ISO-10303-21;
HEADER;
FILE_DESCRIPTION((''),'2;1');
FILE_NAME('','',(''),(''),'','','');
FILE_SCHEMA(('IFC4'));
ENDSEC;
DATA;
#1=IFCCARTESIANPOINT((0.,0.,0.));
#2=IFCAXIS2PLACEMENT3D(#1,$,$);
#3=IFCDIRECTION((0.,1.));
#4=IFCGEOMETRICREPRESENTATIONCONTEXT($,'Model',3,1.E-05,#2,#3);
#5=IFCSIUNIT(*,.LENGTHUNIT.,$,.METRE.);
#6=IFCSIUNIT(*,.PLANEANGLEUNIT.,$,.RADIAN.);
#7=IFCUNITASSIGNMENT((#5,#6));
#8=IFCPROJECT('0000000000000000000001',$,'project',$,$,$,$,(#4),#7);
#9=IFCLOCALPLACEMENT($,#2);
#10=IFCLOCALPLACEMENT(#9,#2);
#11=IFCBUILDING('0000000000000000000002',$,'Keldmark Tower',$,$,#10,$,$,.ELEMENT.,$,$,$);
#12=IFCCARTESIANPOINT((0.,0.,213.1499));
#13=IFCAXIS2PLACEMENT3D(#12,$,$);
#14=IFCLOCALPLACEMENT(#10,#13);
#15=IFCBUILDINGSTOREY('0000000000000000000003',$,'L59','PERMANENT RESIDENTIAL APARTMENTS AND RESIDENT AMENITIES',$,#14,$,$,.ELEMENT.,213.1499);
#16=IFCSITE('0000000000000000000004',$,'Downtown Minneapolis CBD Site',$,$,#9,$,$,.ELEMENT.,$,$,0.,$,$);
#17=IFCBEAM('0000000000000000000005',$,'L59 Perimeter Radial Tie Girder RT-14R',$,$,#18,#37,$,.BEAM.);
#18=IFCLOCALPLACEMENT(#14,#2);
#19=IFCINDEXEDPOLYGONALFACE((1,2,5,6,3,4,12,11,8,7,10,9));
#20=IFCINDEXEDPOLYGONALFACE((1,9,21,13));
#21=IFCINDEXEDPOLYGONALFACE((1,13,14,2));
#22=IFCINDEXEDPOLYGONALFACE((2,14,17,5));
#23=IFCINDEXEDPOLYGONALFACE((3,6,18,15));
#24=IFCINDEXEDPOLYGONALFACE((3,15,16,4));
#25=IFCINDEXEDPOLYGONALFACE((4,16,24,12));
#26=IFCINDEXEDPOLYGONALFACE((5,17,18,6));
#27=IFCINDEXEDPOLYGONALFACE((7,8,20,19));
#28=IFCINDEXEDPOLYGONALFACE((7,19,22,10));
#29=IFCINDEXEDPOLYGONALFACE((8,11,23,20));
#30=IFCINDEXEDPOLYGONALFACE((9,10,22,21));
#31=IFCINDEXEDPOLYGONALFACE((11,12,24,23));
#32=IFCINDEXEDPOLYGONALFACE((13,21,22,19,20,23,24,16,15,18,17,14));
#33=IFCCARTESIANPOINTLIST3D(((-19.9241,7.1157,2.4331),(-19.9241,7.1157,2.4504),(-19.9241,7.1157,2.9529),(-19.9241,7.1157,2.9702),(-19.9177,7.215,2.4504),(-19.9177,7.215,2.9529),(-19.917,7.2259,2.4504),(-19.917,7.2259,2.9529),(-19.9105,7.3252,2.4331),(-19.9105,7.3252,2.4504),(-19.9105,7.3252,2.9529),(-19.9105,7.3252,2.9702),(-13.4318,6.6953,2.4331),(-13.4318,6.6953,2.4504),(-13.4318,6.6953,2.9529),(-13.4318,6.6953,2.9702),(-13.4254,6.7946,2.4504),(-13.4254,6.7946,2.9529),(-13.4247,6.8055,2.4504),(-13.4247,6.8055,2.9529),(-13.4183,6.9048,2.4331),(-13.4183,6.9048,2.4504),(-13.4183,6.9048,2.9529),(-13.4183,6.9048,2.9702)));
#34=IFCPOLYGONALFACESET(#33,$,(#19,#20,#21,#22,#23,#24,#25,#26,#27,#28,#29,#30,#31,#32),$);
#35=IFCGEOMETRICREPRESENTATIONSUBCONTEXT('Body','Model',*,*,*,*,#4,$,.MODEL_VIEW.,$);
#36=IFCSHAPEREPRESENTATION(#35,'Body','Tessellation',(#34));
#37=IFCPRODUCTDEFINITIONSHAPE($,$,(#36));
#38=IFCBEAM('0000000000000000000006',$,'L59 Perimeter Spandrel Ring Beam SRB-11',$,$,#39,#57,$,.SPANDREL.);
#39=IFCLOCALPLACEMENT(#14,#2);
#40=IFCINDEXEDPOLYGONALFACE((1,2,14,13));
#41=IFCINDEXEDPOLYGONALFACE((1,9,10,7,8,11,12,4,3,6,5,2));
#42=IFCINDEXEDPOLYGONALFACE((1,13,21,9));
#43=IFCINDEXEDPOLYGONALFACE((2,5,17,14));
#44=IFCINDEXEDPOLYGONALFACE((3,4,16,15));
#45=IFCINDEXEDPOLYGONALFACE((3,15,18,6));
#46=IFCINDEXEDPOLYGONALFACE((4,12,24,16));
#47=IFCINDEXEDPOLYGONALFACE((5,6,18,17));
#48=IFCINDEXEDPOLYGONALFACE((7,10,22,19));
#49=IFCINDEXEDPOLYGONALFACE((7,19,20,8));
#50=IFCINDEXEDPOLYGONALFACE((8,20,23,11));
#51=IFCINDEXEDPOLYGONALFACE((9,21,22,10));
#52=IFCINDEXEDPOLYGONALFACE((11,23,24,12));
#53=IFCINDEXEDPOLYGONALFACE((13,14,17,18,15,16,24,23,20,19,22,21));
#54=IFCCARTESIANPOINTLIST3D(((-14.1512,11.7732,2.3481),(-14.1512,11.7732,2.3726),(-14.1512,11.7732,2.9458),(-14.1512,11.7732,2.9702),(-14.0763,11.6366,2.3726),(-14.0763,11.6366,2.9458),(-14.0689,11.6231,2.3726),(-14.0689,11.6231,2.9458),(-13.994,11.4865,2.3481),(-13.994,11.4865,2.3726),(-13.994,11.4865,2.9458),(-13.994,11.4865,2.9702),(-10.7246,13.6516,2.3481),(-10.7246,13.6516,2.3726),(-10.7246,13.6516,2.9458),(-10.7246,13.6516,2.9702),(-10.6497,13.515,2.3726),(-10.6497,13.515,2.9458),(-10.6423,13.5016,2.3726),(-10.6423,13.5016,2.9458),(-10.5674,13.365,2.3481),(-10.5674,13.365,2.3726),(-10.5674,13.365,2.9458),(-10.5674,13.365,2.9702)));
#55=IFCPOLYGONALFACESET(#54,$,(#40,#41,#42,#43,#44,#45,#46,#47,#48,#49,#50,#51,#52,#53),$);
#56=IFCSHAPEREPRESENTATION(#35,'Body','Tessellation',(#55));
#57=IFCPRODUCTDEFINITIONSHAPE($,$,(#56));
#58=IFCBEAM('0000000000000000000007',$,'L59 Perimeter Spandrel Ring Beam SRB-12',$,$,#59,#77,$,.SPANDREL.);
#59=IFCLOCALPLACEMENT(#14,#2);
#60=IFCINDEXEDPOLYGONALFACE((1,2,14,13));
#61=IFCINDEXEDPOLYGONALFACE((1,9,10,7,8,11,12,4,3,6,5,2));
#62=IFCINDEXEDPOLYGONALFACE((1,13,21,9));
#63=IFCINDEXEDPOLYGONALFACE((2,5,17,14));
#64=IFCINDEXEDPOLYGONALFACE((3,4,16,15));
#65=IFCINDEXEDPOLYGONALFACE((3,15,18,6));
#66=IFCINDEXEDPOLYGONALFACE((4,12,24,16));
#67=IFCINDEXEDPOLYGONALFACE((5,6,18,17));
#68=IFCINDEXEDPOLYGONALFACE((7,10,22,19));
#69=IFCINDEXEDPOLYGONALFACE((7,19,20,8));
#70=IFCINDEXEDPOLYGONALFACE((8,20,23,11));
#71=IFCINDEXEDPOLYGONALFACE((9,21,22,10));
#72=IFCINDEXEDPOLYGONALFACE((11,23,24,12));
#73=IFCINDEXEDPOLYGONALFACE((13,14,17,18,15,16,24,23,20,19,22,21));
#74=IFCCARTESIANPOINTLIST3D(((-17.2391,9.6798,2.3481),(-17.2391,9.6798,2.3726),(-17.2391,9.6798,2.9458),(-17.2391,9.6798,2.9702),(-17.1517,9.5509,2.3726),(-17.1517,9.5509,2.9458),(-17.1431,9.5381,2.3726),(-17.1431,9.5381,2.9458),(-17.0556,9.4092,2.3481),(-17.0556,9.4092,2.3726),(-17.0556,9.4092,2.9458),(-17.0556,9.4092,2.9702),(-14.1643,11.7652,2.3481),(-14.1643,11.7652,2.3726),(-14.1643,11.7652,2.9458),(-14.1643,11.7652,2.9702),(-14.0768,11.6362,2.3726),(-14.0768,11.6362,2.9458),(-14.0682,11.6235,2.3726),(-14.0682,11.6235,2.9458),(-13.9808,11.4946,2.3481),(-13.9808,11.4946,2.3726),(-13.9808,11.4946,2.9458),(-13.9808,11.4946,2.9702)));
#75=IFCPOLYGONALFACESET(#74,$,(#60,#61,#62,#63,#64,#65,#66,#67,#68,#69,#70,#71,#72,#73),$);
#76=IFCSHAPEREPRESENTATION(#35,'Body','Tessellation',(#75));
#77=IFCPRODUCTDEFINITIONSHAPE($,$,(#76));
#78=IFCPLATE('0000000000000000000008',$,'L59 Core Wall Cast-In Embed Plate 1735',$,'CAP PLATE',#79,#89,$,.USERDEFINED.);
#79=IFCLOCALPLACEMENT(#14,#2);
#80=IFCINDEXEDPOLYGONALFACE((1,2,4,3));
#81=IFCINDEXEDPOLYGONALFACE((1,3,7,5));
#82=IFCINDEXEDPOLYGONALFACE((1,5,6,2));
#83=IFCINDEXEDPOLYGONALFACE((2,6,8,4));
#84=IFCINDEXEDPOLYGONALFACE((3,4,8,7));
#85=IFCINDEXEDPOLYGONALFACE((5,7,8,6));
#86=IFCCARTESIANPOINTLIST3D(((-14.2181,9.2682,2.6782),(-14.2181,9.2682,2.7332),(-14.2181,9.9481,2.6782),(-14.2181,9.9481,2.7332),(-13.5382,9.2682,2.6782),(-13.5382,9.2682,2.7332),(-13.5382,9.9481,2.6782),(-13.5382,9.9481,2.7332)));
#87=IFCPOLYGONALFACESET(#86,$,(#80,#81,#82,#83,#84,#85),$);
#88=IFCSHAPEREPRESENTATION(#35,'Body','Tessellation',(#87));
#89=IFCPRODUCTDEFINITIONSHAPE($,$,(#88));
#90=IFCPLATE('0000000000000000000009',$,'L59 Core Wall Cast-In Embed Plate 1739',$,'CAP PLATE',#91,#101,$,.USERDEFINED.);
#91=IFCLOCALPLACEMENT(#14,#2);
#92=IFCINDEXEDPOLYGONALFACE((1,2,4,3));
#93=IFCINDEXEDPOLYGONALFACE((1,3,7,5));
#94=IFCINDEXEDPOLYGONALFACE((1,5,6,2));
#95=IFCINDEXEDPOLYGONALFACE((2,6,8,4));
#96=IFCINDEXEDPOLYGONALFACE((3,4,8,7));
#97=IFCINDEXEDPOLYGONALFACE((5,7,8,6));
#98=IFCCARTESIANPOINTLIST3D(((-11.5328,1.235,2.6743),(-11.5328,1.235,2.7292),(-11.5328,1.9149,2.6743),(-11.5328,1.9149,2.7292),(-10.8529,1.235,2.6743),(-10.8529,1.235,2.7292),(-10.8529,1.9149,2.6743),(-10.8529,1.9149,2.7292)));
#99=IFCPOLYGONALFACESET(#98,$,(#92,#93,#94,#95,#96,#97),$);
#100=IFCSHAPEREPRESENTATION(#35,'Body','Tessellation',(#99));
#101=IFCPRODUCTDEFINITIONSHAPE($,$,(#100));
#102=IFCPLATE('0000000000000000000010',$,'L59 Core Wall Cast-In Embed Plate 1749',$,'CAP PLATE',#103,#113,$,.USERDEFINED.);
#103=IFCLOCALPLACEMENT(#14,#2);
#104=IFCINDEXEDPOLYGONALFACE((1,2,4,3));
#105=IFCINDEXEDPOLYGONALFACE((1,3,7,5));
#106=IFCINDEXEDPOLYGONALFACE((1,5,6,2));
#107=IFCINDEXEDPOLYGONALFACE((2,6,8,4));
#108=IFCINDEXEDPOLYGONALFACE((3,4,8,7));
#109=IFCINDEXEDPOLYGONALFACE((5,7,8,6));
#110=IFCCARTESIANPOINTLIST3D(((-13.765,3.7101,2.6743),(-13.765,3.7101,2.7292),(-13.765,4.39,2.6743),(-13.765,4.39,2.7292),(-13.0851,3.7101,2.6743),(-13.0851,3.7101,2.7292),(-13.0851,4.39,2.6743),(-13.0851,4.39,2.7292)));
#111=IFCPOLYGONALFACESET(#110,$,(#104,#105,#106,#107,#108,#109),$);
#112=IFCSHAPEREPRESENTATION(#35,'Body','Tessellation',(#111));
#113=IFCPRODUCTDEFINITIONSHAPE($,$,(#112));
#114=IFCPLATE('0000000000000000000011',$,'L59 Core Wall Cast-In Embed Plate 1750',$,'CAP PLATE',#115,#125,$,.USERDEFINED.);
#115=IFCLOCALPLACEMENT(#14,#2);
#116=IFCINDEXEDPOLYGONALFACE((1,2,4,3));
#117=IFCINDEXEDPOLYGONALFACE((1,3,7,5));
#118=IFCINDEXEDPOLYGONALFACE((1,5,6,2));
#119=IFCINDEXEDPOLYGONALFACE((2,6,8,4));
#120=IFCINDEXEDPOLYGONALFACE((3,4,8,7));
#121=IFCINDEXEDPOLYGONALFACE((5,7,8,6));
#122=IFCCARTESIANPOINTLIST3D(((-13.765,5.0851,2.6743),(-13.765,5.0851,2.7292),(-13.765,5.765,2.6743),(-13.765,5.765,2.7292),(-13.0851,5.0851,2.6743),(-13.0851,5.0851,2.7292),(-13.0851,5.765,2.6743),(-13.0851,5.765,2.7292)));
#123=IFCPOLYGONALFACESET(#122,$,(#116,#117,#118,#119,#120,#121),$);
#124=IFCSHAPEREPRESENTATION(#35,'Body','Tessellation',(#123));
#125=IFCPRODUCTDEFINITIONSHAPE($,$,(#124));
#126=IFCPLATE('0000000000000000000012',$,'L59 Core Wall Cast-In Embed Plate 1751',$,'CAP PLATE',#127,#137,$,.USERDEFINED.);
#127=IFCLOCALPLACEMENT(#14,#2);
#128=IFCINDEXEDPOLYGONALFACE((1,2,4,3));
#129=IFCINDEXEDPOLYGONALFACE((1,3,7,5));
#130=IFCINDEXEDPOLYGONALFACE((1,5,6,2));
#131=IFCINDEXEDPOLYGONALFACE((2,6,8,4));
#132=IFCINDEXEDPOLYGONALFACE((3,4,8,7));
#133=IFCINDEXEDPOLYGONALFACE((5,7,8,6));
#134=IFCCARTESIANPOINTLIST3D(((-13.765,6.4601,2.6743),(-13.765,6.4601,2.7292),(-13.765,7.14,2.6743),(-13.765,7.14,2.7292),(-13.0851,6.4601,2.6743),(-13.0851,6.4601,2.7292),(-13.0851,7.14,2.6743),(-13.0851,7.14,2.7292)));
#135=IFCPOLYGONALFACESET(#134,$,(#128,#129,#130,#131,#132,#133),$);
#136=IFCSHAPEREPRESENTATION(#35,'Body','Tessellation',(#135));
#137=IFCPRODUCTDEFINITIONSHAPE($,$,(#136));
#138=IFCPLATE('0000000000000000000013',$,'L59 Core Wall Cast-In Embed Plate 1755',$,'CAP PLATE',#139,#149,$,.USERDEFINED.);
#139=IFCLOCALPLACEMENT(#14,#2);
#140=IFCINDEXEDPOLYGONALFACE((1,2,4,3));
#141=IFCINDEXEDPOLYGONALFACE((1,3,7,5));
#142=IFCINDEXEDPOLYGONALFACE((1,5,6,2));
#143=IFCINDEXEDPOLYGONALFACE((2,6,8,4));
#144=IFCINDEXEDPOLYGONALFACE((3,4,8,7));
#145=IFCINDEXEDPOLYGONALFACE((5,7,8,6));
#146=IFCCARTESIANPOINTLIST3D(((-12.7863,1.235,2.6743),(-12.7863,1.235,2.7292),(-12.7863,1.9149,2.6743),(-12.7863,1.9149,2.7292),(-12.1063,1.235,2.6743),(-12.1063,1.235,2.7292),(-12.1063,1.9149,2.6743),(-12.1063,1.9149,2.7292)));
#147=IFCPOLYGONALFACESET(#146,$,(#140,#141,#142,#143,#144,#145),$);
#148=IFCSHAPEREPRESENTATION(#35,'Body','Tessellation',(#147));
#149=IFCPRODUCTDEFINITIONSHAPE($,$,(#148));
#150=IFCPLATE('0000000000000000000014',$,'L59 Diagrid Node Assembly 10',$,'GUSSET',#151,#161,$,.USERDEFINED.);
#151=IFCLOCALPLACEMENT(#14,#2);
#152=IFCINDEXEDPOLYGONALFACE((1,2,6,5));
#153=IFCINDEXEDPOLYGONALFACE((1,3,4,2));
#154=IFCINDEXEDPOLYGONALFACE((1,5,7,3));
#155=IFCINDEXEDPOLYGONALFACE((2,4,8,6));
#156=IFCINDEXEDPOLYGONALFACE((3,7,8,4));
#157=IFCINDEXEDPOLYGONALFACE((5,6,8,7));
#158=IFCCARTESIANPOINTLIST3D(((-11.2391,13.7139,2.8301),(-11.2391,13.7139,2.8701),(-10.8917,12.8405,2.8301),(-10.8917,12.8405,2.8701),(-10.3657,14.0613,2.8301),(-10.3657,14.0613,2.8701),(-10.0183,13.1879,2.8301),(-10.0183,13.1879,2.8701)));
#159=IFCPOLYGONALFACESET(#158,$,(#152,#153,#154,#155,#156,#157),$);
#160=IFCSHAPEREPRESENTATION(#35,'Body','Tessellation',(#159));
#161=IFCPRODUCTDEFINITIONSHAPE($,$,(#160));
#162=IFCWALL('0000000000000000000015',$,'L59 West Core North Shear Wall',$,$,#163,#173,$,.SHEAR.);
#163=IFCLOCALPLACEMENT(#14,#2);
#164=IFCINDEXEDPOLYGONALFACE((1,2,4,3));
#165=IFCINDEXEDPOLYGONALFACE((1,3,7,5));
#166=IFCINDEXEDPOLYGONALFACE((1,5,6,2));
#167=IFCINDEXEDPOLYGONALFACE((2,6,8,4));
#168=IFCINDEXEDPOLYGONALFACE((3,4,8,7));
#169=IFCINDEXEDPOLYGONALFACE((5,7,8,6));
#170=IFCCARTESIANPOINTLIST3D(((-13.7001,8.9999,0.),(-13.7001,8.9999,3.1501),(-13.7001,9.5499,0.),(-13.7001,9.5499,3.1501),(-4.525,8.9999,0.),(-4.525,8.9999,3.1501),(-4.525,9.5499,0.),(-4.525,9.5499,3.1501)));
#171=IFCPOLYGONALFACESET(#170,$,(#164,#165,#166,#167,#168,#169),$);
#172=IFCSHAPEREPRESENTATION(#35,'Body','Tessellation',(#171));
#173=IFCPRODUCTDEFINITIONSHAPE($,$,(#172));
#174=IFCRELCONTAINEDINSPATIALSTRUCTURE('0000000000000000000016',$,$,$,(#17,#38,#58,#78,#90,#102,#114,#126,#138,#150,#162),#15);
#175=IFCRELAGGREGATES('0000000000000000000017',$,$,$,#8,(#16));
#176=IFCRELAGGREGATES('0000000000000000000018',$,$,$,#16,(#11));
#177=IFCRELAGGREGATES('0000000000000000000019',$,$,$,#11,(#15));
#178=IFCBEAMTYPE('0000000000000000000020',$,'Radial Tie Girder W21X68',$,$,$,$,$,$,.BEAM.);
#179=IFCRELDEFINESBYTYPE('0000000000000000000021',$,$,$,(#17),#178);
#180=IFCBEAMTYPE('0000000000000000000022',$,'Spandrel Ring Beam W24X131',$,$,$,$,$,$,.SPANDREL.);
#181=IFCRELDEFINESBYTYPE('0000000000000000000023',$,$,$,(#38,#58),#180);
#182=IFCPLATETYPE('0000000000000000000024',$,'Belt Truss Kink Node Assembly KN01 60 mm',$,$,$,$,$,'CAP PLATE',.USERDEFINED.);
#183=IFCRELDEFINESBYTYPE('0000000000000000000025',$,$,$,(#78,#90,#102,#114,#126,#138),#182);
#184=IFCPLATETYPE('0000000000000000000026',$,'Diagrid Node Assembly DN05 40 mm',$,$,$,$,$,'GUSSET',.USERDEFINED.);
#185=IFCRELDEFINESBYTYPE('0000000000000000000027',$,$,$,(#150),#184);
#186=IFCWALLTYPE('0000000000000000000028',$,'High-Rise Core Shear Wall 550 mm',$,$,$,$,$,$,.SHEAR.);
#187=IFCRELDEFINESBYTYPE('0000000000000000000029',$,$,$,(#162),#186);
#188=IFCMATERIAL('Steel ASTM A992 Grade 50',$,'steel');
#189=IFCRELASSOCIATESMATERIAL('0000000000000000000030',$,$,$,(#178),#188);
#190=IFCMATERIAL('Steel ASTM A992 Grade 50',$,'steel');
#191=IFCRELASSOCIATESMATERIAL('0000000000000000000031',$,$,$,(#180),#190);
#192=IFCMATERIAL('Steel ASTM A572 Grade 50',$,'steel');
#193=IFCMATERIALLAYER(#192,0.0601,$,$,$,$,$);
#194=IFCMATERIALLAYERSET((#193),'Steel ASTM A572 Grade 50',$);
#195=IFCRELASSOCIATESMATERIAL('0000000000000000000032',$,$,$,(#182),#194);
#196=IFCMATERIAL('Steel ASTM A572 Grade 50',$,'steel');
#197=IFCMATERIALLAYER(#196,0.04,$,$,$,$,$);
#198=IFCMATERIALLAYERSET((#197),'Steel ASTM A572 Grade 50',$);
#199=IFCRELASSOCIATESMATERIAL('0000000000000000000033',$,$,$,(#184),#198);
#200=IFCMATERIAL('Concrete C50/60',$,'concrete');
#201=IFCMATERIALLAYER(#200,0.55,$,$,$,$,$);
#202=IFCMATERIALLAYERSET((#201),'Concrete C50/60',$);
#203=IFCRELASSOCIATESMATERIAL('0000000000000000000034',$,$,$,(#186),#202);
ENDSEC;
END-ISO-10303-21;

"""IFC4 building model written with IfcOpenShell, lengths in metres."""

from ifc_helpers import new_model, si_unit, direction, frame, frame_2d, origin, origin_2d, place, context, subcontext, project, spatial, rectangle, i_section, extrude, material, layer, layer_set, material_profile, profile_set, type_object, element, save


model = new_model("IFC4")

# Units and contexts
model_context = context("Model", 3, precision=1e-05, world=origin(), true_north=direction((0.0, 1.0)))
body_context = subcontext(model_context, "Body", "Model", "MODEL_VIEW")
ifc_project = project(units=[si_unit("LENGTHUNIT", "METRE"), si_unit("PLANEANGLEUNIT", "RADIAN")], contexts=[model_context])

# Site, building, storey
site_placement = place(None, origin())
site = spatial("IfcSite", under=ifc_project, at=site_placement, Name="Downtown Minneapolis CBD Site", CompositionType="ELEMENT", RefElevation=0.0)
building_placement = place(site_placement, origin())
building = spatial("IfcBuilding", under=site, at=building_placement, Name="Keldmark Tower", CompositionType="ELEMENT")
storey_placement = place(building_placement, frame((0.0, 0.0, 213.1499)))
storey = spatial("IfcBuildingStorey", under=building, at=storey_placement, Name="L59", Description="PERMANENT RESIDENTIAL APARTMENTS AND RESIDENT AMENITIES", CompositionType="ELEMENT", Elevation=213.1499)

# Beams
ifc_material_1 = material(Name="Steel ASTM A992 Grade 50", Category="steel")
ifc_material_profile_1 = material_profile(ifc_material_1, i_section(OverallWidth=0.21, OverallDepth=0.5371, WebThickness=0.011, FlangeThickness=0.0173, at=origin_2d()), Name="W21X68")
ifc_profile_set_1 = profile_set([ifc_material_profile_1], Name="Steel ASTM A992 Grade 50")
beam_type_1 = type_object("IfcBeamType", Name="Radial Tie Girder W21X68", PredefinedType="BEAM", material=ifc_profile_set_1)
beam_1_placement = place(storey_placement, frame((-13.425, 6.8, 2.7017), z_axis=(-0.99791, 0.064621, 0.0), x_axis=(-0.064621, -0.99791, 0.0)))
element("IfcBeam", 1, at=beam_1_placement, inside=storey, type_object=beam_type_1, Name="L59 Perimeter Radial Tie Girder RT-14R", PredefinedType="BEAM", context=body_context, shape_type="SweptSolid", body=[
    extrude(i_section(OverallWidth=0.21, OverallDepth=0.5371, WebThickness=0.011, FlangeThickness=0.0173, at=origin_2d()), origin(), (0.0, 0.0, 1.0), 6.5059),
])
ifc_material_2 = material(Name="Steel ASTM A992 Grade 50", Category="steel")
ifc_material_profile_2 = material_profile(ifc_material_2, i_section(OverallWidth=0.3269, OverallDepth=0.6221, WebThickness=0.0154, FlangeThickness=0.0244, at=origin_2d()), Name="W24X131")
ifc_profile_set_2 = profile_set([ifc_material_profile_2], Name="Steel ASTM A992 Grade 50")
beam_type_2 = type_object("IfcBeamType", Name="Spandrel Ring Beam W24X131", PredefinedType="SPANDREL", material=ifc_profile_set_2)
beam_2_placement = place(storey_placement, frame((-10.646, 13.5083, 2.6592), z_axis=(-0.876881, -0.480707, 0.0), x_axis=(0.480707, -0.876881, 0.0)))
element("IfcBeam", 2, at=beam_2_placement, inside=storey, type_object=beam_type_2, Name="L59 Perimeter Spandrel Ring Beam SRB-11", PredefinedType="SPANDREL", context=body_context, shape_type="SweptSolid", body=[
    extrude(i_section(OverallWidth=0.3269, OverallDepth=0.6221, WebThickness=0.0154, FlangeThickness=0.0244, at=origin_2d()), origin(), (0.0, 0.0, 1.0), 3.9077),
])
beam_3_placement = place(storey_placement, frame((-14.0725, 11.6299, 2.6592), z_axis=(-0.827616, -0.561294, 0.0), x_axis=(0.561294, -0.827616, 0.0)))
element("IfcBeam", 3, at=beam_3_placement, inside=storey, type_object=beam_type_2, Name="L59 Perimeter Spandrel Ring Beam SRB-12", PredefinedType="SPANDREL", context=body_context, shape_type="SweptSolid", body=[
    extrude(i_section(OverallWidth=0.3269, OverallDepth=0.6221, WebThickness=0.0154, FlangeThickness=0.0244, at=origin_2d()), origin(), (0.0, 0.0, 1.0), 3.7153),
])

# Plates
ifc_material_3 = material(Name="Steel ASTM A572 Grade 50", Category="steel")
ifc_layer_1 = layer(ifc_material_3, 0.0601)
ifc_layer_set_1 = layer_set([ifc_layer_1], Name="Steel ASTM A572 Grade 50")
plate_type_1 = type_object("IfcPlateType", Name="Belt Truss Kink Node Assembly KN01 60 mm", ElementType="CAP PLATE", PredefinedType="USERDEFINED", material=ifc_layer_set_1)
for number, where, z_axis, x_axis, name in (
    (4, (-13.8782, 9.6082, 2.6782), (0.0, 0.0, 1.0), (1.0, 0.0, 0.0), "L59 Core Wall Cast-In Embed Plate 1735"),
    (5, (-11.1929, 1.575, 2.6743), (0.0, 0.0, 1.0), (1.0, 0.0, 0.0), "L59 Core Wall Cast-In Embed Plate 1739"),
    (6, (-13.425, 4.05, 2.6743), (0.0, 0.0, 1.0), (1.0, 0.0, 0.0), "L59 Core Wall Cast-In Embed Plate 1749"),
    (7, (-13.425, 5.425, 2.6743), (0.0, 0.0, 1.0), (1.0, 0.0, 0.0), "L59 Core Wall Cast-In Embed Plate 1750"),
    (8, (-13.425, 6.8, 2.6743), (0.0, 0.0, 1.0), (1.0, 0.0, 0.0), "L59 Core Wall Cast-In Embed Plate 1751"),
    (9, (-12.4463, 1.575, 2.6743), (0.0, 0.0, 1.0), (1.0, 0.0, 0.0), "L59 Core Wall Cast-In Embed Plate 1755"),
):
    element("IfcPlate", number, at=place(storey_placement, frame(where, z_axis=z_axis, x_axis=x_axis)), inside=storey, type_object=plate_type_1, Name=name, ObjectType="CAP PLATE", PredefinedType="USERDEFINED", context=body_context, shape_type="SweptSolid", body=[
        extrude(rectangle(XDim=0.6799, YDim=0.6799, at=origin_2d()), origin(), (0.0, 0.0, 1.0), 0.0549),
    ])
ifc_material_4 = material(Name="Steel ASTM A572 Grade 50", Category="steel")
ifc_layer_2 = layer(ifc_material_4, 0.04)
ifc_layer_set_2 = layer_set([ifc_layer_2], Name="Steel ASTM A572 Grade 50")
plate_type_2 = type_object("IfcPlateType", Name="Diagrid Node Assembly DN05 40 mm", ElementType="GUSSET", PredefinedType="USERDEFINED", material=ifc_layer_set_2)
plate_placement = place(storey_placement, frame((-10.6287, 13.4509, 2.8301), z_axis=(0.0, 0.0, 1.0), x_axis=(-0.929197, -0.369585, 0.0)))
element("IfcPlate", 10, at=plate_placement, inside=storey, type_object=plate_type_2, Name="L59 Diagrid Node Assembly 10", ObjectType="GUSSET", PredefinedType="USERDEFINED", context=body_context, shape_type="SweptSolid", body=[
    extrude(rectangle(XDim=0.9399, YDim=0.9399, at=origin_2d()), origin(), (0.0, 0.0, 1.0), 0.04),
])

# Wall
ifc_material_5 = material(Name="Concrete C50/60", Category="concrete")
ifc_layer_3 = layer(ifc_material_5, 0.55)
ifc_layer_set_3 = layer_set([ifc_layer_3], Name="Concrete C50/60")
wall_type_1 = type_object("IfcWallType", Name="High-Rise Core Shear Wall 550 mm", PredefinedType="SHEAR", material=ifc_layer_set_3)
wall_1_placement = place(storey_placement, frame((-13.7, 9.2749, 0.0), z_axis=(0.0, 0.0, 1.0), x_axis=(1.0, 0.0, 0.0)))
element("IfcWall", 11, at=wall_1_placement, inside=storey, type_object=wall_type_1, Name="L59 West Core North Shear Wall", PredefinedType="SHEAR", context=body_context, shape_type="SweptSolid", body=[
    extrude(rectangle(XDim=9.175, YDim=0.55, at=frame_2d((4.5874, 0.0))), origin(), (0.0, 0.0, 1.0), 3.1501),
])

save(model, "model.ifc")
